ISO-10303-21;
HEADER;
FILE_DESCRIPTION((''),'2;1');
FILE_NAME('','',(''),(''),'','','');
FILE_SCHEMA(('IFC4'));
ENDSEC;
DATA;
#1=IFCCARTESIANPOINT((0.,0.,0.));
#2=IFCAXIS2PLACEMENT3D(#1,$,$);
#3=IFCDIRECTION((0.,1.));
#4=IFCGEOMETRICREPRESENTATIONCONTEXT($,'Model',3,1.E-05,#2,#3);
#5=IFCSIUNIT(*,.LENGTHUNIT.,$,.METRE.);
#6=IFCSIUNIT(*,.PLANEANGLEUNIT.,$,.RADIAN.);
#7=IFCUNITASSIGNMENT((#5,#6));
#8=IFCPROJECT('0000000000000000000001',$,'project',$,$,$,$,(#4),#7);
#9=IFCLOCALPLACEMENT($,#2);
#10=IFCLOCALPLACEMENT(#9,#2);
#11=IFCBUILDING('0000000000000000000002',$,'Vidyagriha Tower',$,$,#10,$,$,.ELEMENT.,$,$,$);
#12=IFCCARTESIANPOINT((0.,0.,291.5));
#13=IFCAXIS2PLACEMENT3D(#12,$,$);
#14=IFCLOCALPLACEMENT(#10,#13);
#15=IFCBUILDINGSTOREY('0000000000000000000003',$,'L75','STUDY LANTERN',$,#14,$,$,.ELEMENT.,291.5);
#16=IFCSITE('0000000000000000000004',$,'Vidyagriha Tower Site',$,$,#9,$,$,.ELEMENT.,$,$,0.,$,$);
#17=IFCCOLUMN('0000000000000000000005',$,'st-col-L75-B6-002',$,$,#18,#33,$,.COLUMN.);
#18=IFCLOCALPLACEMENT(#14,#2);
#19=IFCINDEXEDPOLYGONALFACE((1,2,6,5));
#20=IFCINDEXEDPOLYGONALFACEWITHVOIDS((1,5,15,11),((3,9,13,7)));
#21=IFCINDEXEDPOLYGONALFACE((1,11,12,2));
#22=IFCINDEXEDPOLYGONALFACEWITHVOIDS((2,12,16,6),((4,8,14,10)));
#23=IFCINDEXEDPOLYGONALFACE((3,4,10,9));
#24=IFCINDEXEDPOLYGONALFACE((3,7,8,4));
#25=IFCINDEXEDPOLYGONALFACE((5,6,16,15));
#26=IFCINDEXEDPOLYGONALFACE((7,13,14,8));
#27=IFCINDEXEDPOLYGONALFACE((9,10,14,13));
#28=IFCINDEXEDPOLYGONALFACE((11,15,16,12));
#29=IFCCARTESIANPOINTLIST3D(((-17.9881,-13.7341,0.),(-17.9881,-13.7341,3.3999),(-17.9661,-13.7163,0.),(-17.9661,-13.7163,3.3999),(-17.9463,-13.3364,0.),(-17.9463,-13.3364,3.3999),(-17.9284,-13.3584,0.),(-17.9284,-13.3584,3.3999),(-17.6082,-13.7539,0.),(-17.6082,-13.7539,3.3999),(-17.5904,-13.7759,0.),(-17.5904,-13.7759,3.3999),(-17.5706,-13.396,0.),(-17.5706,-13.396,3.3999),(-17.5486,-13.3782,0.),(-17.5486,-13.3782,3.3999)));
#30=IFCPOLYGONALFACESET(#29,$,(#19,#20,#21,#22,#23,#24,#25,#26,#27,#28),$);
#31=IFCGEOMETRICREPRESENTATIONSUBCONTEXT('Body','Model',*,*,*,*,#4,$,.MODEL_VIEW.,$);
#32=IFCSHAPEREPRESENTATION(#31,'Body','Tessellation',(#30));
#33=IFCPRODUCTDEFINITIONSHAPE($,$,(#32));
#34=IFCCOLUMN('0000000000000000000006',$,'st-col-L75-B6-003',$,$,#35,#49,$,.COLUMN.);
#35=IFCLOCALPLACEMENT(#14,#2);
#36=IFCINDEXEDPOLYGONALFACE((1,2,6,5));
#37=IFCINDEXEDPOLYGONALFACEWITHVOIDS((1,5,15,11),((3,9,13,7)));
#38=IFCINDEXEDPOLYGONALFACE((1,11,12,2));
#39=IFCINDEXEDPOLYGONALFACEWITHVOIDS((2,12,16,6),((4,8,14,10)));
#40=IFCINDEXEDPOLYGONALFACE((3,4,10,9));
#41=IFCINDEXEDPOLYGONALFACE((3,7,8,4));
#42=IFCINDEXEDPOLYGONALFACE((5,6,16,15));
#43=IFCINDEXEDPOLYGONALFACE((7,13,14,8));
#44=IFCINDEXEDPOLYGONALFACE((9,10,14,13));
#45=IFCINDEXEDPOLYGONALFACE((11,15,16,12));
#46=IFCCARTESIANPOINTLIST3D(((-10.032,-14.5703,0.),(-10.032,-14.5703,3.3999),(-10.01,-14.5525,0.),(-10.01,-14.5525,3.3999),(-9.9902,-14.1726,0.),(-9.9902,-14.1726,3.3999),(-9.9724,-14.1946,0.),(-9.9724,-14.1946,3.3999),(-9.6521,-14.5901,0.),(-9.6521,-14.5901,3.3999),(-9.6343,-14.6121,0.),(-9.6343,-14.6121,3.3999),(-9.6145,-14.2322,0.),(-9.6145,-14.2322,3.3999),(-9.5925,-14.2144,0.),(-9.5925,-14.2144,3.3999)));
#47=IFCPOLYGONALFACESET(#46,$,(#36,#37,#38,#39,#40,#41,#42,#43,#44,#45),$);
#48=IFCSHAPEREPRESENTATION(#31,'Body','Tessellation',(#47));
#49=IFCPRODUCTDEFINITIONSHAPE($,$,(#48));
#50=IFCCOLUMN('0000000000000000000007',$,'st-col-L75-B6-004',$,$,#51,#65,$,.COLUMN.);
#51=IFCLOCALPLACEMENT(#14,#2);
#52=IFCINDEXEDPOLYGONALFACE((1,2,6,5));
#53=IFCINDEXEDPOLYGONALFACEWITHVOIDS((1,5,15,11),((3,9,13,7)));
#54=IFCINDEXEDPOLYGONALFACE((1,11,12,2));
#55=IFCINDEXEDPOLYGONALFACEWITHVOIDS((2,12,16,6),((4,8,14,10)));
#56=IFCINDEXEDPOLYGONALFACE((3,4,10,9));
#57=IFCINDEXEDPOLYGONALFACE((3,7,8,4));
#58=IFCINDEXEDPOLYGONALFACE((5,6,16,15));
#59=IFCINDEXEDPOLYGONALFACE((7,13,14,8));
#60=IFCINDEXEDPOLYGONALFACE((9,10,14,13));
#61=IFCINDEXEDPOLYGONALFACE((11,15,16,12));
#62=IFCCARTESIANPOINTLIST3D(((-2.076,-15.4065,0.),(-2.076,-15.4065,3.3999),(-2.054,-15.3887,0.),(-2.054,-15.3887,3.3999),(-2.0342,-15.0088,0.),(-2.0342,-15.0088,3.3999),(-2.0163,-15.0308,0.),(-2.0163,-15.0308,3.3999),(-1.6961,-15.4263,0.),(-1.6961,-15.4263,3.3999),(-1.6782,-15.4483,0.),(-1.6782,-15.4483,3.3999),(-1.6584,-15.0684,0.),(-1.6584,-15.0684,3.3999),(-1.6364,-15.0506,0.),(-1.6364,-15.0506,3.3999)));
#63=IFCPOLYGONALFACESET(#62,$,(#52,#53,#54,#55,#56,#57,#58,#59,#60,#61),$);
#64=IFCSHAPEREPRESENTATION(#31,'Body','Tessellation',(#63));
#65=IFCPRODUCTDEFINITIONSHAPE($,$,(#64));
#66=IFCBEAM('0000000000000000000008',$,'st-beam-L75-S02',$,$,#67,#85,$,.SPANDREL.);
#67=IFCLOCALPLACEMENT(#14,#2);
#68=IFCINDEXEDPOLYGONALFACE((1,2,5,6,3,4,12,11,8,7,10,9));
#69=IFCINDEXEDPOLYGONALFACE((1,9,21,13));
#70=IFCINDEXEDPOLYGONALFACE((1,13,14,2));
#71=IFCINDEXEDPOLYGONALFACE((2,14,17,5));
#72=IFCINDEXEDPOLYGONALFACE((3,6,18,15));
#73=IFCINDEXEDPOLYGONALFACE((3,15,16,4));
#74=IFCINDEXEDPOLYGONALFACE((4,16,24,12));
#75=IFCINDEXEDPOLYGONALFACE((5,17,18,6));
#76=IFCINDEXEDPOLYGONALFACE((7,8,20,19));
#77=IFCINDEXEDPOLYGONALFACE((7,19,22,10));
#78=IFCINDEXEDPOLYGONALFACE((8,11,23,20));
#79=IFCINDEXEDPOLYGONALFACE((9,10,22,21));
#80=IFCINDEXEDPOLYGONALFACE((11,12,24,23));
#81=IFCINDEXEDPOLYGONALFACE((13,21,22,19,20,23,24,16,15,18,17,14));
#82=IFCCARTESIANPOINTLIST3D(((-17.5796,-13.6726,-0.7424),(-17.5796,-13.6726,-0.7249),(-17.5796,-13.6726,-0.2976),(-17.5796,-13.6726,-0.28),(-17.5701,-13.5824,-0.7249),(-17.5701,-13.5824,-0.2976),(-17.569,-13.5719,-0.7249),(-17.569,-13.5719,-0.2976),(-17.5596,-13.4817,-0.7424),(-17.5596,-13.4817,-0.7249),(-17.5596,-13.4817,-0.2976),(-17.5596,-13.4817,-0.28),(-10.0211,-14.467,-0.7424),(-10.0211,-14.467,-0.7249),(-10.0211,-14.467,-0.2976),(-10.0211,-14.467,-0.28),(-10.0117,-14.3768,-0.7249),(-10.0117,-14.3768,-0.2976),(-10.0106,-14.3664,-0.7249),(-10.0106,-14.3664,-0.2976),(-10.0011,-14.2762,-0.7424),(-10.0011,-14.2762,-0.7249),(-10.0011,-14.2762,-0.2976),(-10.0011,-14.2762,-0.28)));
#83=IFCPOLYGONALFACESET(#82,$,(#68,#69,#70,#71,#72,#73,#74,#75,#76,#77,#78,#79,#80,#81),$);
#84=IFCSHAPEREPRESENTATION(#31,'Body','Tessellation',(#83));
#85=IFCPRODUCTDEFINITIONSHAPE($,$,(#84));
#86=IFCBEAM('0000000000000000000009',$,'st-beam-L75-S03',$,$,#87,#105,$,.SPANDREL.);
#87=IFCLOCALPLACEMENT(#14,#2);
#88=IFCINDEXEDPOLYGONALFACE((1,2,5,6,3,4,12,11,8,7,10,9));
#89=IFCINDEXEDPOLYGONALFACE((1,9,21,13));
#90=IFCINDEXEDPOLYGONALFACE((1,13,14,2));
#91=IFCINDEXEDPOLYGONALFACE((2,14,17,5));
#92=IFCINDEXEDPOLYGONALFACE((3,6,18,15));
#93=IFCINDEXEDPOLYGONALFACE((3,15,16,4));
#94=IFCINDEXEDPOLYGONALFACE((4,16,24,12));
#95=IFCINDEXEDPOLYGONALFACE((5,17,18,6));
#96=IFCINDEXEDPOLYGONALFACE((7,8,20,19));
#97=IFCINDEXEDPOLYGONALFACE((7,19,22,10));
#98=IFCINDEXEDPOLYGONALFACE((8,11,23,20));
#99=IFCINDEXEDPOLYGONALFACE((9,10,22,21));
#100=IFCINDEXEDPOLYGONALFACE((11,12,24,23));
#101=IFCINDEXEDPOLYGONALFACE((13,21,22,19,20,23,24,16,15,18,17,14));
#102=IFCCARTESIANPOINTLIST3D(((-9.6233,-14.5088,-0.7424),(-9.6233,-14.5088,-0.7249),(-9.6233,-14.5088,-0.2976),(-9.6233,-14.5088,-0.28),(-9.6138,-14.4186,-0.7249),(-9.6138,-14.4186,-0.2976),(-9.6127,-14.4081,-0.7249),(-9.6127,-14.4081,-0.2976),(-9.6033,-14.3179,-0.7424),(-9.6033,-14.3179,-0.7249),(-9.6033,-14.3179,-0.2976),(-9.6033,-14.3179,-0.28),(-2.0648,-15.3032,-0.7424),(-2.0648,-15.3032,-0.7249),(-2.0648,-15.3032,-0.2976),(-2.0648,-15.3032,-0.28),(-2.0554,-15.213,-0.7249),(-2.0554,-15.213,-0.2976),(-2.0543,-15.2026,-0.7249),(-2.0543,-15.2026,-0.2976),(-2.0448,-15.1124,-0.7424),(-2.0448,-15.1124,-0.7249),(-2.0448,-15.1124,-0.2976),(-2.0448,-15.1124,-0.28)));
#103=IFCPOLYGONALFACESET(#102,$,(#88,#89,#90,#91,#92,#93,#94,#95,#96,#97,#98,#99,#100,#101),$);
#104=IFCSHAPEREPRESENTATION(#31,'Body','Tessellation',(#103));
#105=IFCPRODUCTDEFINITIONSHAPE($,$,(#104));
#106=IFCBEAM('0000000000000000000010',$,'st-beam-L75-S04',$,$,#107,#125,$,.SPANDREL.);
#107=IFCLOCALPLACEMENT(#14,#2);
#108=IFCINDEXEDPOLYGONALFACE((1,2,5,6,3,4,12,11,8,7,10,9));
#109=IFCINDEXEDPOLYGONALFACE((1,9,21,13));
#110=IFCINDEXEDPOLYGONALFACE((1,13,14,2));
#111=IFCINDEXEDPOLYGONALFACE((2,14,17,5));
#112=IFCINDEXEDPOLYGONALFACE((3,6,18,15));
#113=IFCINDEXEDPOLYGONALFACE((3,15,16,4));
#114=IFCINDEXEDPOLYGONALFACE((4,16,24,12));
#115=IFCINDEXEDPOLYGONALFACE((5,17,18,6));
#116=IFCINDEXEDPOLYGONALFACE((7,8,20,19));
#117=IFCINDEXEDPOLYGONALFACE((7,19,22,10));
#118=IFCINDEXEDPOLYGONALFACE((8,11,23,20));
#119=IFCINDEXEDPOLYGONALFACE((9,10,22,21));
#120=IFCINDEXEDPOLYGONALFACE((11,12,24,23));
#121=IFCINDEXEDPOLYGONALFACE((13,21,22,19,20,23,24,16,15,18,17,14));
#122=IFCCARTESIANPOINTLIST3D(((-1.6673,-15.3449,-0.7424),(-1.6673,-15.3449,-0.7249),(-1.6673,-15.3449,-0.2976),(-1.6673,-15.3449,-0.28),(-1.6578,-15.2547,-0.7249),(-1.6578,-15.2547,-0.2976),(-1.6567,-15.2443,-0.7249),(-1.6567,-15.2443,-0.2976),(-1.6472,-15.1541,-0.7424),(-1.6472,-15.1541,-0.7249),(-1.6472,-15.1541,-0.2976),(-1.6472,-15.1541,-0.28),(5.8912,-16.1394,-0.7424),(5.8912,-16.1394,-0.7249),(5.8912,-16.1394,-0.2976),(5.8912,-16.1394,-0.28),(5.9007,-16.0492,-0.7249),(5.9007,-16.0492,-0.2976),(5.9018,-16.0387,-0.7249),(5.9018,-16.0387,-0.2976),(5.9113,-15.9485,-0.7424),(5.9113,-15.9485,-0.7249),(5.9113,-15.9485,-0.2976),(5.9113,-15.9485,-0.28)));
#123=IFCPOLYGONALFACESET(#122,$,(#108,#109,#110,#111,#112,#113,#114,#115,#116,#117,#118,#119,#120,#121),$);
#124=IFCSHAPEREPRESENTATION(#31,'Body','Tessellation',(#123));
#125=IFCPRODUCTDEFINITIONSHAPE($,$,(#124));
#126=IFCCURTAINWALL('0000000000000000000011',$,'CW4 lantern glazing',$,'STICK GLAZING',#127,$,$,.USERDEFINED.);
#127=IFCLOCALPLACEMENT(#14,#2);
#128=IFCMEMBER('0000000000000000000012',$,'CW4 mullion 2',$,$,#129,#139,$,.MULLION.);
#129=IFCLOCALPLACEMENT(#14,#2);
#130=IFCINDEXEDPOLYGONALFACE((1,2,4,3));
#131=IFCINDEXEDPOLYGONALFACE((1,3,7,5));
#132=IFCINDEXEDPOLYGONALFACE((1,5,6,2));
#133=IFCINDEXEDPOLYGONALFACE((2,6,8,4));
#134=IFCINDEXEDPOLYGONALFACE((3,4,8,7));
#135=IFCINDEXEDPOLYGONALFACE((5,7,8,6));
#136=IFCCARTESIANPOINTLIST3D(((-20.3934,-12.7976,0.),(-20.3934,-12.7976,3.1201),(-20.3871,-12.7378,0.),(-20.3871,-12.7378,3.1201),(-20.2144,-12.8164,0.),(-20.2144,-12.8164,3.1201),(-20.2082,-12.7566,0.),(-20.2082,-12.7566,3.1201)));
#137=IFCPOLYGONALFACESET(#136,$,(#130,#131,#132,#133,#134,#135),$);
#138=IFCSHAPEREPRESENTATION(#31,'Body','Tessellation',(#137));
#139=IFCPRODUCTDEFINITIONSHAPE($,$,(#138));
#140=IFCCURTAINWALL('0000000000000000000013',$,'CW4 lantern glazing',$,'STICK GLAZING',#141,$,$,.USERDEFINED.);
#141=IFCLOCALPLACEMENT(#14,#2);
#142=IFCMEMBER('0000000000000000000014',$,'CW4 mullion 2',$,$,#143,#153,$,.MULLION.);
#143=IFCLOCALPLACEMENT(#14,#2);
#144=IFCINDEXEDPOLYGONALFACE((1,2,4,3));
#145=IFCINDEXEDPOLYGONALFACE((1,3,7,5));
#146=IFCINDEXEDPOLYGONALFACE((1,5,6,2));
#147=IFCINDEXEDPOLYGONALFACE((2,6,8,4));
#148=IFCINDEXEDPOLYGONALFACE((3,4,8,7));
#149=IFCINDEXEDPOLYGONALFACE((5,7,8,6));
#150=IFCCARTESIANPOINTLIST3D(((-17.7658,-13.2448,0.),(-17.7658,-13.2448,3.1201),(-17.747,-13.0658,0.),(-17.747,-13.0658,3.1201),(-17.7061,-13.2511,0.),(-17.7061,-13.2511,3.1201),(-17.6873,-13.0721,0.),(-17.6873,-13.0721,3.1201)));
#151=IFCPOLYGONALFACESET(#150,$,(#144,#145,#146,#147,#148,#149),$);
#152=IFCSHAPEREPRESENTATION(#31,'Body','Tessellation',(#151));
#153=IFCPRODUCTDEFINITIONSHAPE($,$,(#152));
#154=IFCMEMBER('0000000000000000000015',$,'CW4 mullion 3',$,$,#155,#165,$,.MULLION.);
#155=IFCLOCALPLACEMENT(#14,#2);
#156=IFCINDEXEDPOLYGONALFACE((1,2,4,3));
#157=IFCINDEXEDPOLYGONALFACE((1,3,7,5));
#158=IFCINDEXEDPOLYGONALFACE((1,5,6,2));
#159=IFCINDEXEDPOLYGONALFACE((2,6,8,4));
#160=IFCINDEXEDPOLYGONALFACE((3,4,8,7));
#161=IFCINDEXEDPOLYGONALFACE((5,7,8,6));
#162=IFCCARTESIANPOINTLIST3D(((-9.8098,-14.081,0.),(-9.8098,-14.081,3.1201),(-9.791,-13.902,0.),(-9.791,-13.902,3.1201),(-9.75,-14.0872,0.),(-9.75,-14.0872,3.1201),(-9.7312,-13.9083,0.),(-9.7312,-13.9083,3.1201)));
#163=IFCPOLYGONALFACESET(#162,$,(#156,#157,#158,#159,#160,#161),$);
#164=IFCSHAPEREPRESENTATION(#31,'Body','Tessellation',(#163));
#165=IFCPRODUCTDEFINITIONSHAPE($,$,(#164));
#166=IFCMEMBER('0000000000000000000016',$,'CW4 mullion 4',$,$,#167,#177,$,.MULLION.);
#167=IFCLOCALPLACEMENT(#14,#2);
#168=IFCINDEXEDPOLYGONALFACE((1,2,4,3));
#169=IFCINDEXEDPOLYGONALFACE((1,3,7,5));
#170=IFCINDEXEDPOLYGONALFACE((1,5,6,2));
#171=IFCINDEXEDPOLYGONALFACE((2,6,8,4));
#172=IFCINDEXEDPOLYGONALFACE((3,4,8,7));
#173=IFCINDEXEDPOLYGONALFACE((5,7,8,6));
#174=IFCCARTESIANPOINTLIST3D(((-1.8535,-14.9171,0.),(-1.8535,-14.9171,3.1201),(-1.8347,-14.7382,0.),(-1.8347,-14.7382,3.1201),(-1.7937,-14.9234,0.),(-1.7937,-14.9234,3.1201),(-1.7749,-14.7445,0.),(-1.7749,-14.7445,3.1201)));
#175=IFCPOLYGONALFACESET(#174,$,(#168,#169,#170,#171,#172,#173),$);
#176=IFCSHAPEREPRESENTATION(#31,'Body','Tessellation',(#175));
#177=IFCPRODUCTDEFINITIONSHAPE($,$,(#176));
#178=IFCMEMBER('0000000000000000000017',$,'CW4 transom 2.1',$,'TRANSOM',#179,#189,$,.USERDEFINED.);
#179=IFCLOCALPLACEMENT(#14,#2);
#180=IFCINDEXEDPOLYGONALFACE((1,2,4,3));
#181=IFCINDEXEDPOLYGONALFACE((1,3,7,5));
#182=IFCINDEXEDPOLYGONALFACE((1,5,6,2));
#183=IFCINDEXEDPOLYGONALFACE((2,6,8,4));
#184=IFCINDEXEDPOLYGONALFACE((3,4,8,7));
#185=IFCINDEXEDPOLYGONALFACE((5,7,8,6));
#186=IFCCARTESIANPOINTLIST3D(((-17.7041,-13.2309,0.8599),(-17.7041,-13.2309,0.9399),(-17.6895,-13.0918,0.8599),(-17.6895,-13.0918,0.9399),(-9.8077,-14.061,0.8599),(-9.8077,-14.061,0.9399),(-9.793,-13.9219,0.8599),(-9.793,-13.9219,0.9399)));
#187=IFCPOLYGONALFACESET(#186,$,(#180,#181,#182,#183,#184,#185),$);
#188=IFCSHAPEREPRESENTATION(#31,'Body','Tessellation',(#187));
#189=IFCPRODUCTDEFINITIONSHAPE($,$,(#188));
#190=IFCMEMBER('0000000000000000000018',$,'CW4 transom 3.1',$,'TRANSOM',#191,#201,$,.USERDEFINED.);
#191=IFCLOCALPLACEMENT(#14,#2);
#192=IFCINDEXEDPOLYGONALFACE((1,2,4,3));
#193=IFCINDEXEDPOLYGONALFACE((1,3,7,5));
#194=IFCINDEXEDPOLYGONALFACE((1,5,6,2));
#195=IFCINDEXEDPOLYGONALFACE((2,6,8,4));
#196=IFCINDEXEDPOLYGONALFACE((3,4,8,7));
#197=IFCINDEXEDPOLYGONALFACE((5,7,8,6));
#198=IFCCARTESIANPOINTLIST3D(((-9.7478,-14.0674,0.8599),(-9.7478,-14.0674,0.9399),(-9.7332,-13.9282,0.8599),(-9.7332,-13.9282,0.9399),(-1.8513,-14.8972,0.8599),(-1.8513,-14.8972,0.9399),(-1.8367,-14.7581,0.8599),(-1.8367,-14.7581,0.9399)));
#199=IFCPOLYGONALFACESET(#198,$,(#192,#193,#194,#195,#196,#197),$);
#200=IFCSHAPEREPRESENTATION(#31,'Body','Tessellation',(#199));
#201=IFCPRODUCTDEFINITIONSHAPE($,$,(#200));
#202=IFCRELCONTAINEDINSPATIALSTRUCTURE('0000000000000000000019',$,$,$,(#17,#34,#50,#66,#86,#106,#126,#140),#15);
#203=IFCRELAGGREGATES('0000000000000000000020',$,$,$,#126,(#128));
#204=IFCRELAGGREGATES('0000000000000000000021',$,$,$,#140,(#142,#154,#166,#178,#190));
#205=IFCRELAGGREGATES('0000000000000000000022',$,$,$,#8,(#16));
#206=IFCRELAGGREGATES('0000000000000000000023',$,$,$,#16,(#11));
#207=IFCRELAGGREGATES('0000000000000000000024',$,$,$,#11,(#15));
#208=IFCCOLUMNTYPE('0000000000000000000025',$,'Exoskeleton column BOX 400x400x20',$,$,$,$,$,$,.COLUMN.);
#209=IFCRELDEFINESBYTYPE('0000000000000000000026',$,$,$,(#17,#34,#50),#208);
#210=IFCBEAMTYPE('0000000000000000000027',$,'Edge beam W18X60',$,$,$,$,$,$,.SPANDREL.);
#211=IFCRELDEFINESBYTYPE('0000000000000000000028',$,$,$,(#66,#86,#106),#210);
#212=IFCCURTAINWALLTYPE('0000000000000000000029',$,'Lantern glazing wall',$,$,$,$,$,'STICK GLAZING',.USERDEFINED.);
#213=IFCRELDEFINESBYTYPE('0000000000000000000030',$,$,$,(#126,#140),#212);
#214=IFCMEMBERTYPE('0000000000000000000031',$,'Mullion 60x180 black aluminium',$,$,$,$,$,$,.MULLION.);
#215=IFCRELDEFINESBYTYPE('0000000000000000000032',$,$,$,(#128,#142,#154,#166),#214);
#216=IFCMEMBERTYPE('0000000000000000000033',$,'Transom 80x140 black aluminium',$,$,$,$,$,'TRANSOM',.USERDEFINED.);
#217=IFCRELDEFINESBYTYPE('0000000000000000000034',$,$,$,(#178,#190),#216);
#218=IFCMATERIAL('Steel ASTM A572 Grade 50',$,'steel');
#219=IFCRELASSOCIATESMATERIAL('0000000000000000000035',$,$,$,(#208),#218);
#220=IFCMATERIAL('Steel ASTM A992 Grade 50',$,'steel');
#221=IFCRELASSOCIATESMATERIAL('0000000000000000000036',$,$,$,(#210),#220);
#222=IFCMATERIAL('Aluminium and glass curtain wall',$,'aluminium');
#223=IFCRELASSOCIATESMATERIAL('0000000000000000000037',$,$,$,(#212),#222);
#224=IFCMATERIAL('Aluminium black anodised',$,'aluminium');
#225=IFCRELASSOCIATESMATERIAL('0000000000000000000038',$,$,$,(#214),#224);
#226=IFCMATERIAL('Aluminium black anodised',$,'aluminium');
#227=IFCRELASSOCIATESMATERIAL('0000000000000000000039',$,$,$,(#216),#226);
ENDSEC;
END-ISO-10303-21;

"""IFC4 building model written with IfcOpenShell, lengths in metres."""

from ifc_helpers import new_model, si_unit, direction, frame, origin, origin_2d, place, context, subcontext, project, spatial, rectangle, hollow_rectangle, i_section, extrude, material, material_profile, profile_set, type_object, element, aggregate, save


model = new_model("IFC4")

# Units and contexts
model_context = context("Model", 3, precision=1e-05, world=origin(), true_north=direction((0.0, 1.0)))
body_context = subcontext(model_context, "Body", "Model", "MODEL_VIEW")
ifc_project = project(units=[si_unit("LENGTHUNIT", "METRE"), si_unit("PLANEANGLEUNIT", "RADIAN")], contexts=[model_context])

# Site, building, storey
site_placement = place(None, origin())
site = spatial("IfcSite", under=ifc_project, at=site_placement, Name="Vidyagriha Tower Site", CompositionType="ELEMENT", RefElevation=0.0)
building_placement = place(site_placement, origin())
building = spatial("IfcBuilding", under=site, at=building_placement, Name="Vidyagriha Tower", CompositionType="ELEMENT")
storey_placement = place(building_placement, frame((0.0, 0.0, 291.5)))
storey = spatial("IfcBuildingStorey", under=building, at=storey_placement, Name="L75", Description="STUDY LANTERN", CompositionType="ELEMENT", Elevation=291.5)

# Columns
ifc_material_1 = material(Name="Steel ASTM A572 Grade 50", Category="steel")
ifc_material_profile_1 = material_profile(ifc_material_1, hollow_rectangle(XDim=0.3999, YDim=0.3999, WallThickness=0.02, at=origin_2d()), Name="BOX 400x400x20")
ifc_profile_set_1 = profile_set([ifc_material_profile_1], Name="Steel ASTM A572 Grade 50")
column_type = type_object("IfcColumnType", Name="Exoskeleton column BOX 400x400x20", PredefinedType="COLUMN", material=ifc_profile_set_1)
for number, where, z_axis, x_axis, name in (
    (1, (-17.7683, -13.5562, 0.0), (0.0, 0.0, 1.0), (0.994522, -0.104528, 0.0), "st-col-L75-B6-002"),
    (2, (-9.8123, -14.3923, 0.0), (0.0, 0.0, 1.0), (0.994522, -0.104528, 0.0), "st-col-L75-B6-003"),
    (3, (-1.8562, -15.2285, 0.0), (0.0, 0.0, 1.0), (0.994522, -0.104528, 0.0), "st-col-L75-B6-004"),
):
    element("IfcColumn", number, at=place(storey_placement, frame(where, z_axis=z_axis, x_axis=x_axis)), inside=storey, type_object=column_type, Name=name, PredefinedType="COLUMN", context=body_context, shape_type="SweptSolid", body=[
        extrude(hollow_rectangle(XDim=0.3999, YDim=0.3999, WallThickness=0.02, at=origin_2d()), origin(), (0.0, 0.0, 1.0), 3.3999),
    ])

# Beams
ifc_material_2 = material(Name="Steel ASTM A992 Grade 50", Category="steel")
ifc_material_profile_2 = material_profile(ifc_material_2, i_section(OverallWidth=0.1919, OverallDepth=0.4624, WebThickness=0.0105, FlangeThickness=0.0176, at=origin_2d()), Name="W18X60")
ifc_profile_set_2 = profile_set([ifc_material_profile_2], Name="Steel ASTM A992 Grade 50")
beam_type = type_object("IfcBeamType", Name="Edge beam W18X60", PredefinedType="SPANDREL", material=ifc_profile_set_2)
for number, where, z_axis, x_axis, name in (
    (4, (-17.5696, -13.5771, -0.5112), (0.994522, -0.104531, 0.0), (0.104531, 0.994522, 0.0), "st-beam-L75-S02"),
    (5, (-9.6133, -14.4133, -0.5112), (0.994522, -0.104531, 0.0), (0.104531, 0.994522, 0.0), "st-beam-L75-S03"),
    (6, (-1.6572, -15.2495, -0.5112), (0.994522, -0.104531, 0.0), (0.104531, 0.994522, 0.0), "st-beam-L75-S04"),
):
    element("IfcBeam", number, at=place(storey_placement, frame(where, z_axis=z_axis, x_axis=x_axis)), inside=storey, type_object=beam_type, Name=name, PredefinedType="SPANDREL", context=body_context, shape_type="SweptSolid", body=[
        extrude(i_section(OverallWidth=0.1919, OverallDepth=0.4624, WebThickness=0.0105, FlangeThickness=0.0176, at=origin_2d()), origin(), (0.0, 0.0, 1.0), 7.6001),
    ])

# Curtain wall, member
ifc_material_3 = material(Name="Aluminium and glass curtain wall", Category="aluminium")
curtain_wall_type = type_object("IfcCurtainWallType", Name="Lantern glazing wall", ElementType="STICK GLAZING", PredefinedType="USERDEFINED", material=ifc_material_3)
curtain_wall_1_placement = place(storey_placement, origin())
curtain_wall_1 = element("IfcCurtainWall", 7, at=curtain_wall_1_placement, inside=storey, type_object=curtain_wall_type, Name="CW4 lantern glazing", ObjectType="STICK GLAZING", PredefinedType="USERDEFINED")
ifc_material_4 = material(Name="Aluminium black anodised", Category="aluminium")
ifc_material_profile_3 = material_profile(ifc_material_4, rectangle(XDim=0.1799, YDim=0.0601, at=origin_2d()), Name="Mullion 60x180 black aluminium")
ifc_profile_set_3 = profile_set([ifc_material_profile_3], Name="Aluminium black anodised")
member_type_1 = type_object("IfcMemberType", Name="Mullion 60x180 black aluminium", PredefinedType="MULLION", material=ifc_profile_set_3)
member_1_placement = place(storey_placement, frame((-20.3008, -12.7771, 0.0), z_axis=(0.0, 0.0, 1.0), x_axis=(0.994519, -0.104557, 0.0)))
member_1 = element("IfcMember", 8, at=member_1_placement, type_object=member_type_1, Name="CW4 mullion 2", PredefinedType="MULLION", context=body_context, shape_type="SweptSolid", body=[
    extrude(rectangle(XDim=0.1799, YDim=0.0601, at=origin_2d()), origin(), (0.0, 0.0, 1.0), 3.1201),
])

# Curtain wall, members
curtain_wall_2_placement = place(storey_placement, origin())
curtain_wall_2 = element("IfcCurtainWall", 9, at=curtain_wall_2_placement, inside=storey, type_object=curtain_wall_type, Name="CW4 lantern glazing", ObjectType="STICK GLAZING", PredefinedType="USERDEFINED")
member_2_placement = place(storey_placement, frame((-17.7266, -13.1584, 0.0), z_axis=(0.0, 0.0, 1.0), x_axis=(0.104528, 0.994522, 0.0)))
member_2 = element("IfcMember", 10, at=member_2_placement, type_object=member_type_1, Name="CW4 mullion 2", PredefinedType="MULLION", context=body_context, shape_type="SweptSolid", body=[
    extrude(rectangle(XDim=0.1799, YDim=0.0601, at=origin_2d()), origin(), (0.0, 0.0, 1.0), 3.1201),
])
member_3_placement = place(storey_placement, frame((-9.7705, -13.9946, 0.0), z_axis=(0.0, 0.0, 1.0), x_axis=(0.104528, 0.994522, 0.0)))
member_3 = element("IfcMember", 11, at=member_3_placement, type_object=member_type_1, Name="CW4 mullion 3", PredefinedType="MULLION", context=body_context, shape_type="SweptSolid", body=[
    extrude(rectangle(XDim=0.1799, YDim=0.0601, at=origin_2d()), origin(), (0.0, 0.0, 1.0), 3.1201),
])
member_4_placement = place(storey_placement, frame((-1.8142, -14.8308, 0.0), z_axis=(0.0, 0.0, 1.0), x_axis=(0.104528, 0.994522, 0.0)))
member_4 = element("IfcMember", 12, at=member_4_placement, type_object=member_type_1, Name="CW4 mullion 4", PredefinedType="MULLION", context=body_context, shape_type="SweptSolid", body=[
    extrude(rectangle(XDim=0.1799, YDim=0.0601, at=origin_2d()), origin(), (0.0, 0.0, 1.0), 3.1201),
])
ifc_material_5 = material(Name="Aluminium black anodised", Category="aluminium")
ifc_material_profile_4 = material_profile(ifc_material_5, rectangle(XDim=0.1399, YDim=0.0801, at=origin_2d()), Name="Transom 80x140 black aluminium")
ifc_profile_set_4 = profile_set([ifc_material_profile_4], Name="Aluminium black anodised")
member_type_2 = type_object("IfcMemberType", Name="Transom 80x140 black aluminium", ElementType="TRANSOM", PredefinedType="USERDEFINED", material=ifc_profile_set_4)
member_5_placement = place(storey_placement, frame((-17.6968, -13.1614, 0.8999), z_axis=(0.99452, -0.104544, 0.0), x_axis=(0.104544, 0.99452, 0.0)))
member_5 = element("IfcMember", 13, at=member_5_placement, type_object=member_type_2, Name="CW4 transom 2.1", ObjectType="TRANSOM", PredefinedType="USERDEFINED", context=body_context, shape_type="SweptSolid", body=[
    extrude(rectangle(XDim=0.1399, YDim=0.0801, at=origin_2d()), origin(), (0.0, 0.0, 1.0), 7.9399),
])
member_6_placement = place(storey_placement, frame((-9.7405, -13.9978, 0.8999), z_axis=(0.994523, -0.104514, 0.0), x_axis=(0.104514, 0.994523, 0.0)))
member_6 = element("IfcMember", 14, at=member_6_placement, type_object=member_type_2, Name="CW4 transom 3.1", ObjectType="TRANSOM", PredefinedType="USERDEFINED", context=body_context, shape_type="SweptSolid", body=[
    extrude(rectangle(XDim=0.1399, YDim=0.0801, at=origin_2d()), origin(), (0.0, 0.0, 1.0), 7.9399),
])

aggregate(curtain_wall_1, [member_1])
aggregate(curtain_wall_2, [member_2, member_3, member_4, member_5, member_6])

save(model, "model.ifc")
